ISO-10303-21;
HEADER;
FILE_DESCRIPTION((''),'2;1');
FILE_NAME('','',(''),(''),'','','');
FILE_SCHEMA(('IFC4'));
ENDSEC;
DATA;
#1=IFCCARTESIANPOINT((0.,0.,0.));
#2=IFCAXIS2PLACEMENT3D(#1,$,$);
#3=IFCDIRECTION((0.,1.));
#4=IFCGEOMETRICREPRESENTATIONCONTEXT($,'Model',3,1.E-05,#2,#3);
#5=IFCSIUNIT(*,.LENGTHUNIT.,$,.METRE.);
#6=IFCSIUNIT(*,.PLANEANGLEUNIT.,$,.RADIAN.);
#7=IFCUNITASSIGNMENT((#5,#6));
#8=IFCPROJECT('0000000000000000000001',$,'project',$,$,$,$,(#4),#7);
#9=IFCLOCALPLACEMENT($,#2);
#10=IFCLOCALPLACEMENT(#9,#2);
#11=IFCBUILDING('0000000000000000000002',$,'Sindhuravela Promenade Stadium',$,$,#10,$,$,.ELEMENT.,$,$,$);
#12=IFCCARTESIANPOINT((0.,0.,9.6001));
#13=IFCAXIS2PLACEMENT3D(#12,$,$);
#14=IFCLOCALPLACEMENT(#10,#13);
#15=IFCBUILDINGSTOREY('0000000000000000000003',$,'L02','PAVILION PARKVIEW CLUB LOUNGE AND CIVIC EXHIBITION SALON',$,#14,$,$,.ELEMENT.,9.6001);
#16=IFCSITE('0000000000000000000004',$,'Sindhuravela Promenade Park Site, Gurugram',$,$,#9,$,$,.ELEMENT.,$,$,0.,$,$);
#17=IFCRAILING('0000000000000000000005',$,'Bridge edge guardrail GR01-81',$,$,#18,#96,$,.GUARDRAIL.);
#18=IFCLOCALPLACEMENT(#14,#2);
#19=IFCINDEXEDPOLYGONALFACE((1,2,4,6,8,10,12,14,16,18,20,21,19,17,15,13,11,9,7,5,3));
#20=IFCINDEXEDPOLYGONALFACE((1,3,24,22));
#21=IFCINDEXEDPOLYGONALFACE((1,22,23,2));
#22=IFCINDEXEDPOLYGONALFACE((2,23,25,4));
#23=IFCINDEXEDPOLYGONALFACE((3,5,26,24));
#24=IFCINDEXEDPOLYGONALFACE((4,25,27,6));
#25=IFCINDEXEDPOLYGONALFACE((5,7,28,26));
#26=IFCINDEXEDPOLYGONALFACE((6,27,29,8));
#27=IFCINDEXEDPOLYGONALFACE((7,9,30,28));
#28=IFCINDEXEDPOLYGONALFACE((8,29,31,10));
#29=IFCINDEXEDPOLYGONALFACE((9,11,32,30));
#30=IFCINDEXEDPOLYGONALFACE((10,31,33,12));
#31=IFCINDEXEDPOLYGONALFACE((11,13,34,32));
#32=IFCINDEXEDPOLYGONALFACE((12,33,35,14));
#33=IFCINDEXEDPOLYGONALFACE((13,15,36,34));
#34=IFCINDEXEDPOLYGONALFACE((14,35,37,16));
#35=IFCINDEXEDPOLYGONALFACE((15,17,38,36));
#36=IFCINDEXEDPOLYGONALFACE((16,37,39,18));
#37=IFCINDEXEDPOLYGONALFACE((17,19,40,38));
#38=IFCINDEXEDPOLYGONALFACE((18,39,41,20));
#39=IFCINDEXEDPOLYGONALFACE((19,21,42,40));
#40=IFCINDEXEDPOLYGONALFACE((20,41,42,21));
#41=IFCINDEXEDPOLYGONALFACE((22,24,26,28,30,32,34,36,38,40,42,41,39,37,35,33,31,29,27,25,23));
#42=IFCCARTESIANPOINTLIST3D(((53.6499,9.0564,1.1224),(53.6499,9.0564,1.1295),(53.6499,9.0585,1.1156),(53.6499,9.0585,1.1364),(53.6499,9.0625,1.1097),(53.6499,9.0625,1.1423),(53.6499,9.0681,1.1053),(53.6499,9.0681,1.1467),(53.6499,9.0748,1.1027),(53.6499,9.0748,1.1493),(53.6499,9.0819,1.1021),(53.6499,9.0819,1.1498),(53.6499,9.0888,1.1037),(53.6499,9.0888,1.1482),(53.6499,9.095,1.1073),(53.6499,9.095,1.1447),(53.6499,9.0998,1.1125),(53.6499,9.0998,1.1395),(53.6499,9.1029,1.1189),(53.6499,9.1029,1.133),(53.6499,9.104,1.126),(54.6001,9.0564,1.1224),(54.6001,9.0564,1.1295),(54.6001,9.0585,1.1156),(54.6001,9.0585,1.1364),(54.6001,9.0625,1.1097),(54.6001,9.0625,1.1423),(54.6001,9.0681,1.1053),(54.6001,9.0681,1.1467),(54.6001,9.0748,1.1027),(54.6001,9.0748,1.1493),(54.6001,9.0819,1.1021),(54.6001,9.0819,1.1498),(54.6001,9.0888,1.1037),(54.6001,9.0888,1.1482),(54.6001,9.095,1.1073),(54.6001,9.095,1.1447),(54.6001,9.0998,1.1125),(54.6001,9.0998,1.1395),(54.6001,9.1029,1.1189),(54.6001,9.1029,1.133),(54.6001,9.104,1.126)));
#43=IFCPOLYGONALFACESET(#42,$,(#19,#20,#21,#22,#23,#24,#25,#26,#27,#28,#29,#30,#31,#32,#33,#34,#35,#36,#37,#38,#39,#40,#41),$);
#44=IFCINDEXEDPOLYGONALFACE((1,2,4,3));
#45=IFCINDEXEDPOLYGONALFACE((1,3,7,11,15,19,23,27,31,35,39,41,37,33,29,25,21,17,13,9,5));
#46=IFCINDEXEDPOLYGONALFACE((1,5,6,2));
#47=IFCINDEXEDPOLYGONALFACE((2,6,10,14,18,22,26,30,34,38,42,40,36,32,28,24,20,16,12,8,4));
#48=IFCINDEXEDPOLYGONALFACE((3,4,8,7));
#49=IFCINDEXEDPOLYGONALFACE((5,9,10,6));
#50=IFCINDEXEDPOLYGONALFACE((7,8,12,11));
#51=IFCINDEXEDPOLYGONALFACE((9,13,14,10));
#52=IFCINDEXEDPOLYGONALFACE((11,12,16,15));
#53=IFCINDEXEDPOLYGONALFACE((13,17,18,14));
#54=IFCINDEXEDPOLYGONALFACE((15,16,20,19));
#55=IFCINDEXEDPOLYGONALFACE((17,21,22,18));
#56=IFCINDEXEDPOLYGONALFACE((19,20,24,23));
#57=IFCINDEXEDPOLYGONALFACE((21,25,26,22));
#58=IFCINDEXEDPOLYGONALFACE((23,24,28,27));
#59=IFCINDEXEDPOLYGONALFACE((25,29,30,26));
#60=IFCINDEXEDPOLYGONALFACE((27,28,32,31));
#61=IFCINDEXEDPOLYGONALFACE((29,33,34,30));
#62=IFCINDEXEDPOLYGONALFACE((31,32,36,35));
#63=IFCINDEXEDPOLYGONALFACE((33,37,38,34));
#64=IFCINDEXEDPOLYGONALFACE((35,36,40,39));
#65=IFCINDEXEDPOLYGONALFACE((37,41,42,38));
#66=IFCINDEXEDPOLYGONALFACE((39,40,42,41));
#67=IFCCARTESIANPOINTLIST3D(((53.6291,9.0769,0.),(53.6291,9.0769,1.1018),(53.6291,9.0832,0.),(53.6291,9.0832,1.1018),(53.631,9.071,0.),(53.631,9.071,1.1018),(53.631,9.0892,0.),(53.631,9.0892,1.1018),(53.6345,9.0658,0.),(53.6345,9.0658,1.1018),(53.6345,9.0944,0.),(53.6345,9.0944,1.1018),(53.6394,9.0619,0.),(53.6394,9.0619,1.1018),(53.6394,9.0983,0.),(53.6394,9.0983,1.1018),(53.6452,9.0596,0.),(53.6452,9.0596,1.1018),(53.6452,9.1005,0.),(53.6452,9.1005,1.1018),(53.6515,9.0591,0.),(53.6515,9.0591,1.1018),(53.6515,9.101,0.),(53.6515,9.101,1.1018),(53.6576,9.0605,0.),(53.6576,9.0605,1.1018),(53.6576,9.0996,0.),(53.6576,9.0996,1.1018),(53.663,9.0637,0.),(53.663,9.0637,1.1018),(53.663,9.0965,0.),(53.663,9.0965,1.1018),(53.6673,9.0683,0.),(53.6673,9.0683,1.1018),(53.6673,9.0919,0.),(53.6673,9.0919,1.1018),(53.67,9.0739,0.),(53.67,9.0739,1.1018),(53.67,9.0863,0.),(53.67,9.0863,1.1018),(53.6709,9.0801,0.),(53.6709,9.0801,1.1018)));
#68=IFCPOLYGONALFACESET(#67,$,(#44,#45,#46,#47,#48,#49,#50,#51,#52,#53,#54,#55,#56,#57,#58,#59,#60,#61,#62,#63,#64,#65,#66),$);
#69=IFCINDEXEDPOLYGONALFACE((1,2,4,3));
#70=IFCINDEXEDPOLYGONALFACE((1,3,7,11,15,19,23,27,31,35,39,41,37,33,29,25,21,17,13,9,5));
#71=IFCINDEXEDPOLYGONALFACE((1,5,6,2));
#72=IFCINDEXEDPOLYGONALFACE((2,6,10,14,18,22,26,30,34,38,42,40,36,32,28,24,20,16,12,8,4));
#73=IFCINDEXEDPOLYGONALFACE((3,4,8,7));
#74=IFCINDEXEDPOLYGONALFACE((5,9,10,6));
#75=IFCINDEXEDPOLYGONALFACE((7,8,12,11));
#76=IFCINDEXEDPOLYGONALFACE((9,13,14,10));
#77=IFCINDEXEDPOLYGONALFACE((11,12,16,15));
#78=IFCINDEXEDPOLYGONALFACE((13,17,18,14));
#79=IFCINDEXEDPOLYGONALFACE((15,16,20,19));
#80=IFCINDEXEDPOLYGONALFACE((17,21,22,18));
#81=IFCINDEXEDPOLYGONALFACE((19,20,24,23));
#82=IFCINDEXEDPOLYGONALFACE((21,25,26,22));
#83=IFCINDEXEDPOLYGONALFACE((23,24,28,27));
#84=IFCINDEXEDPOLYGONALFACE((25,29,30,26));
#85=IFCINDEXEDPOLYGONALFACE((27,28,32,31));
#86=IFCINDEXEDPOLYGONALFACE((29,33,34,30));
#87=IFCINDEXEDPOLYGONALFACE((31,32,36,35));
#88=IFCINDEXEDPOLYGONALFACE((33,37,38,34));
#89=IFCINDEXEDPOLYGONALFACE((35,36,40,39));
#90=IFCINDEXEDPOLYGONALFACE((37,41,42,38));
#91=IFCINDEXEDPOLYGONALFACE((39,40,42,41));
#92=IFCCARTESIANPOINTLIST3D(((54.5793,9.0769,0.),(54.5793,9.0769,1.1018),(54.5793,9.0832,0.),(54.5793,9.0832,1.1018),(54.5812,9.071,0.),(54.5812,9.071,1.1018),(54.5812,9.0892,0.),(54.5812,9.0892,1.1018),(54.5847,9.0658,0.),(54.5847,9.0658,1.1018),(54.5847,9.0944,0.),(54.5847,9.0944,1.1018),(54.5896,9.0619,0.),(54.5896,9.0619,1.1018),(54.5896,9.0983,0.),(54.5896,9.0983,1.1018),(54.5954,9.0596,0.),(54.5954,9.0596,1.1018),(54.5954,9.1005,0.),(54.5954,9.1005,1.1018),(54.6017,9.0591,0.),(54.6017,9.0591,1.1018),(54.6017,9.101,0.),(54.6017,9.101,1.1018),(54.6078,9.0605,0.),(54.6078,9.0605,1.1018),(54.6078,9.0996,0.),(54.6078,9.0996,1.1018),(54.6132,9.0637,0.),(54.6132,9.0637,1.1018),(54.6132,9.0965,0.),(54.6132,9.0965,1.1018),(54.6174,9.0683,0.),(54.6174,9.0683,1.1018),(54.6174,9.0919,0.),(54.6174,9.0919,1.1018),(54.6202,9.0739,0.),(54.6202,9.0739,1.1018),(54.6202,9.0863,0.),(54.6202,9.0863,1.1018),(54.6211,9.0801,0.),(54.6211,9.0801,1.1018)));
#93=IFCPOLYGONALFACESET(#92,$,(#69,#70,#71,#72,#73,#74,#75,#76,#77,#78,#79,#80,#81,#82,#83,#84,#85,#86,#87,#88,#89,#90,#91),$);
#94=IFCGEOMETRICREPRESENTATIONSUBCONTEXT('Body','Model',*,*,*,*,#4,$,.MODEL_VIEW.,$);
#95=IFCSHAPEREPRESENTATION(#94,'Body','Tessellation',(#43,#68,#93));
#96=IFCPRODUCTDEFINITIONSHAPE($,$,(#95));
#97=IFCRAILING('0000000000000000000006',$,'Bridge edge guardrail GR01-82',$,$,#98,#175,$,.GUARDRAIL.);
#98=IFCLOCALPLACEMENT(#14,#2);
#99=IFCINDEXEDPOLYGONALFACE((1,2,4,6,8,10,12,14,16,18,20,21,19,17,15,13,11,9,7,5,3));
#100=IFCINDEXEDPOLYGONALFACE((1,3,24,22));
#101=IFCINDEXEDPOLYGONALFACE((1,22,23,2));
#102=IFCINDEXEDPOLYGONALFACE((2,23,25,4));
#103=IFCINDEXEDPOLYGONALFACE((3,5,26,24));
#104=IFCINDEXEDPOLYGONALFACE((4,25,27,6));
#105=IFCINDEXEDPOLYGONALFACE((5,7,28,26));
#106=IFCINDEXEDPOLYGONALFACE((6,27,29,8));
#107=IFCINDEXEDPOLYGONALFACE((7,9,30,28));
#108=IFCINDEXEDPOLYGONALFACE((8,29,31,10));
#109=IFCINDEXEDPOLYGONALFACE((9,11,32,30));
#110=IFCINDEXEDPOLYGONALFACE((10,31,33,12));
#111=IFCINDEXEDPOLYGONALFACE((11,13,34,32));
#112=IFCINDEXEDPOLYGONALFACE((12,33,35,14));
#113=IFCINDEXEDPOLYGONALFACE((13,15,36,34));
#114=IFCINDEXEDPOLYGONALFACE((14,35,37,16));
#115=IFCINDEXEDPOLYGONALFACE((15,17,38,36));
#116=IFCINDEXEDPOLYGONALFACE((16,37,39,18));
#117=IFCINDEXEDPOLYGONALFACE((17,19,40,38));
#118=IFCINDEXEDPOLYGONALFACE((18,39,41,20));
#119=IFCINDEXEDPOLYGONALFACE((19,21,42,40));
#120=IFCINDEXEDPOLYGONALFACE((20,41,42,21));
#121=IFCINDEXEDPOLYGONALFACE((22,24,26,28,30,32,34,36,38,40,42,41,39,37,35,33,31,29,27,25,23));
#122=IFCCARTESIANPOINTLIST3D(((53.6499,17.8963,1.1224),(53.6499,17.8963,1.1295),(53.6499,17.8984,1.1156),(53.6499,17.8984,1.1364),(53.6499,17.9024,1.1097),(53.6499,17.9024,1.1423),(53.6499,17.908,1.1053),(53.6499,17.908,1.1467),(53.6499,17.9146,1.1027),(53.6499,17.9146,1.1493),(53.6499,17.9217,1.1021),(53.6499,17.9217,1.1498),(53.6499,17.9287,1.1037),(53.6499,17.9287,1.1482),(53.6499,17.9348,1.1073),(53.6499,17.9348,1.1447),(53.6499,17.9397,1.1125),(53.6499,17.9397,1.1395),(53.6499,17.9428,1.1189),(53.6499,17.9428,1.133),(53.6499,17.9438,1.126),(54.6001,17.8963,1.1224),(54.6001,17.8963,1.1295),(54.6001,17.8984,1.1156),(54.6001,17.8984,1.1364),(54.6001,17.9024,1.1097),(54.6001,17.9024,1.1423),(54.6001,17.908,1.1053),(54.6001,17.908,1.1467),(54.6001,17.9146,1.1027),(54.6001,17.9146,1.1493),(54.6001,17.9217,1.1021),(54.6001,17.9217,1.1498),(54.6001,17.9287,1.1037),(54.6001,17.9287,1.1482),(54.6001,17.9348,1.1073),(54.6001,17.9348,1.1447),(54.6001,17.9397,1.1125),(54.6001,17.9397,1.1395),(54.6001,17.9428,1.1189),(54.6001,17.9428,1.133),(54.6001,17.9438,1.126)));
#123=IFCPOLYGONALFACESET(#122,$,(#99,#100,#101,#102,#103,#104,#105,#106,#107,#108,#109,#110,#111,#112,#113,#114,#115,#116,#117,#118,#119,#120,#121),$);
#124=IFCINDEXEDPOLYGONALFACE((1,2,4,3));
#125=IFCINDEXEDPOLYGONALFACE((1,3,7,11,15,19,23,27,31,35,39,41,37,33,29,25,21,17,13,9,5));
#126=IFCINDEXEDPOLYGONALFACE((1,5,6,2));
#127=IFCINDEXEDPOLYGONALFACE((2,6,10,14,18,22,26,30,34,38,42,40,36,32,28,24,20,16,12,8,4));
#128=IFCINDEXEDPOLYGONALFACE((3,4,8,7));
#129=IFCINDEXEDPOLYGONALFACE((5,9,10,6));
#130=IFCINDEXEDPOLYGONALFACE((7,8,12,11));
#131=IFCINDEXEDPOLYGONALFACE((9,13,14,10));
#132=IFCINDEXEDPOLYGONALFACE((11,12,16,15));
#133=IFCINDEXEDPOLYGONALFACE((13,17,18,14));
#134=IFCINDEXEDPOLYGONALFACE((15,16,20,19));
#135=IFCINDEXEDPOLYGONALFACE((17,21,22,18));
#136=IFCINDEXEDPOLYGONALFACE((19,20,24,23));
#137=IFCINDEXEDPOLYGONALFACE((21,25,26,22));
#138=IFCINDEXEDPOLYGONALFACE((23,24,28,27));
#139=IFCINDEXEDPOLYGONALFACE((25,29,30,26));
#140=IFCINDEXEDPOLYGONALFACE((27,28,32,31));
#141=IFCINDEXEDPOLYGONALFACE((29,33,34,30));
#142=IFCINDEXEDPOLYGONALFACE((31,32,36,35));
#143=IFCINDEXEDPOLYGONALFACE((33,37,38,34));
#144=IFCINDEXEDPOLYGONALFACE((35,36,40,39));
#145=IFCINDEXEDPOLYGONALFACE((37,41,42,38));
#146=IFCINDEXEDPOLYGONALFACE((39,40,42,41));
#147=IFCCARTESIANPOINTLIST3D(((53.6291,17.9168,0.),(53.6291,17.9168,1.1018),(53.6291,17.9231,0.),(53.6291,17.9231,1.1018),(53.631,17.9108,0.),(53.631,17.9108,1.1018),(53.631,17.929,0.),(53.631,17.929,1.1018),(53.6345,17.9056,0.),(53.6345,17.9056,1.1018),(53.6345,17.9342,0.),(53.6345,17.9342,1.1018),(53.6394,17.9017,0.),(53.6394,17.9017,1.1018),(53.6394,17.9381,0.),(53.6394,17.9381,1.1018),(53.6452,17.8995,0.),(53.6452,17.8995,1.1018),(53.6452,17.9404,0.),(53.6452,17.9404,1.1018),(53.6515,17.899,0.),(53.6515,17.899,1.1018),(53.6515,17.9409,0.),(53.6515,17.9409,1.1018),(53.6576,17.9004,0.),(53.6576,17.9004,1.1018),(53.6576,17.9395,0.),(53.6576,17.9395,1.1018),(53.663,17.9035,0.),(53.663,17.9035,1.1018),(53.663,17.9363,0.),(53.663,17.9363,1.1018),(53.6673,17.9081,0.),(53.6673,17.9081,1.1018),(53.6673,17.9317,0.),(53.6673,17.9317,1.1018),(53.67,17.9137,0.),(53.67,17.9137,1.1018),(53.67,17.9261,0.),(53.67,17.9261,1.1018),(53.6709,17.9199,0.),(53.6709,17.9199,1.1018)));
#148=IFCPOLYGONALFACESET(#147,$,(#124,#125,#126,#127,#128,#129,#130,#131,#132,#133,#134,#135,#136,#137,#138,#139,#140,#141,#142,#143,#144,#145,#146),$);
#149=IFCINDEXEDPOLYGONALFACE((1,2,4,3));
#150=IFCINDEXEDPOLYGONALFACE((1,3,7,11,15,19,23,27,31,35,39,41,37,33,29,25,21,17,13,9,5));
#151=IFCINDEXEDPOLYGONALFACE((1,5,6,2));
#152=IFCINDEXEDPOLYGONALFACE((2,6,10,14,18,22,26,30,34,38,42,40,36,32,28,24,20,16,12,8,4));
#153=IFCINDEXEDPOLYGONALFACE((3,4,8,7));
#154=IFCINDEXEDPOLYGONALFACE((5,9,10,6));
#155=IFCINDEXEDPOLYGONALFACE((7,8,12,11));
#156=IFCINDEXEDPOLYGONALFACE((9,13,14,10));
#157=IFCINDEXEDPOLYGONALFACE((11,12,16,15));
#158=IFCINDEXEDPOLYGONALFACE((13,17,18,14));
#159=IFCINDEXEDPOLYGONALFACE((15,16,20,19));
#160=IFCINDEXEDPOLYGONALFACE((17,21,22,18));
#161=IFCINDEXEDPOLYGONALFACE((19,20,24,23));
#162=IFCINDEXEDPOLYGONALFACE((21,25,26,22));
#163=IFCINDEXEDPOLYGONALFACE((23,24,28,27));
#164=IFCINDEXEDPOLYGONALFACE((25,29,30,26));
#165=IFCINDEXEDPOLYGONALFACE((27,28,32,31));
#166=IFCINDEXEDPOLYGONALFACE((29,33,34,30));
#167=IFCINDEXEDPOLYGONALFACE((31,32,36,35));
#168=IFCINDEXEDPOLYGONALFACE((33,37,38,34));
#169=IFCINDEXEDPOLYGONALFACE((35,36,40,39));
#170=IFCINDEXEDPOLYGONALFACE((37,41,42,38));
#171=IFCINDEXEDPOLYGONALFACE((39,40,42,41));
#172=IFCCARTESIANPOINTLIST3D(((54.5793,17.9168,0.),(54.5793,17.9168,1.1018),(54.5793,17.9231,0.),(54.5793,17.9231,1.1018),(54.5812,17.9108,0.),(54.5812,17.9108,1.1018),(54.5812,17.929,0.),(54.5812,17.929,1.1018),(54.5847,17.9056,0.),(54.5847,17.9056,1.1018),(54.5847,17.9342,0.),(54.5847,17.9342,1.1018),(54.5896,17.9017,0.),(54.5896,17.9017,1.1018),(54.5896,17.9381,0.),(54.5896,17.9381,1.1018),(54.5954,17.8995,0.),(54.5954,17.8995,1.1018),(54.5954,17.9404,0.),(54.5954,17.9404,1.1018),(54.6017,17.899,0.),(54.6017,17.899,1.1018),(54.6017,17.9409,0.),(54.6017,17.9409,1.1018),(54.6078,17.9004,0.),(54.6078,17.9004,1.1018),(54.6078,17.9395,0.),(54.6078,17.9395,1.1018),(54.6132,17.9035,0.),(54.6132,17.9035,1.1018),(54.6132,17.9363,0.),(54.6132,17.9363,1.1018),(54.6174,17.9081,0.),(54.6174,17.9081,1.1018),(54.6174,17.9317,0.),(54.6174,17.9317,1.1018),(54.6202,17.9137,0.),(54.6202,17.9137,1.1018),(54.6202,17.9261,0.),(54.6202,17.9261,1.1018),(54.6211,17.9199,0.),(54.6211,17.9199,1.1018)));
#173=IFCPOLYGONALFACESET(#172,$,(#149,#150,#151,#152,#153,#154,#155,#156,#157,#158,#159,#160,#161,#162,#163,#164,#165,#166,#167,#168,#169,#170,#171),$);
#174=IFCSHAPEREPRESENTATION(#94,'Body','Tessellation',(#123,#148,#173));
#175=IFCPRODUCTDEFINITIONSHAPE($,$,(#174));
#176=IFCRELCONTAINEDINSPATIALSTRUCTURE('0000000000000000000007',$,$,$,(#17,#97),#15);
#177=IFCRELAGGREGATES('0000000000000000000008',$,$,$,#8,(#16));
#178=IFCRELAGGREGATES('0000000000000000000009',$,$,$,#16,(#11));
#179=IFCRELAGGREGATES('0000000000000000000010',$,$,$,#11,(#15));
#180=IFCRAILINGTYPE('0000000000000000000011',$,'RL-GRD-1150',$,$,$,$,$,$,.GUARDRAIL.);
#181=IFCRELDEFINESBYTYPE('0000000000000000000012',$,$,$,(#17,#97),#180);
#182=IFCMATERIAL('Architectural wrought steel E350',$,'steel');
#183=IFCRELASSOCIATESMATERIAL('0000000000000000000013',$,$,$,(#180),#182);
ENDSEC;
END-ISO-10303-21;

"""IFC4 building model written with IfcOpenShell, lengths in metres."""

from ifc_helpers import new_model, si_unit, direction, frame, origin, origin_2d, place, context, subcontext, project, spatial, circle, extrude, material, type_object, element, save


model = new_model("IFC4")

# Units and contexts
model_context = context("Model", 3, precision=1e-05, world=origin(), true_north=direction((0.0, 1.0)))
body_context = subcontext(model_context, "Body", "Model", "MODEL_VIEW")
ifc_project = project(units=[si_unit("LENGTHUNIT", "METRE"), si_unit("PLANEANGLEUNIT", "RADIAN")], contexts=[model_context])

# Site, building, storey
site_placement = place(None, origin())
site = spatial("IfcSite", under=ifc_project, at=site_placement, Name="Sindhuravela Promenade Park Site, Gurugram", CompositionType="ELEMENT", RefElevation=0.0)
building_placement = place(site_placement, origin())
building = spatial("IfcBuilding", under=site, at=building_placement, Name="Sindhuravela Promenade Stadium", CompositionType="ELEMENT")
storey_placement = place(building_placement, frame((0.0, 0.0, 9.6001)))
storey = spatial("IfcBuildingStorey", under=building, at=storey_placement, Name="L02", Description="PAVILION PARKVIEW CLUB LOUNGE AND CIVIC EXHIBITION SALON", CompositionType="ELEMENT", Elevation=9.6001)

# Railings
ifc_material_1 = material(Name="Architectural wrought steel E350", Category="steel")
railing_type = type_object("IfcRailingType", Name="RL-GRD-1150", PredefinedType="GUARDRAIL", material=ifc_material_1)
for number, where, name in (
    (1, (53.6499, 9.0801, 0.0), "Bridge edge guardrail GR01-81"),
    (2, (53.6499, 17.9199, 0.0), "Bridge edge guardrail GR01-82"),
):
    element("IfcRailing", number, at=place(storey_placement, frame(where)), inside=storey, type_object=railing_type, Name=name, PredefinedType="GUARDRAIL", context=body_context, shape_type="SweptSolid", body=[
        extrude(circle(Radius=0.0239, at=origin_2d()), frame((0.0, 0.0, 1.126), z_axis=(1.0, 0.0, 0.0), x_axis=(0.0, 1.0, 0.0)), (0.0, 0.0, 1.0), 0.9502),
        extrude(circle(Radius=0.021, at=origin_2d()), origin(), (0.0, 0.0, 1.0), 1.1018),
        extrude(circle(Radius=0.021, at=origin_2d()), frame((0.9502, 0.0, 0.0)), (0.0, 0.0, 1.0), 1.1018),
    ])

save(model, "model.ifc")
